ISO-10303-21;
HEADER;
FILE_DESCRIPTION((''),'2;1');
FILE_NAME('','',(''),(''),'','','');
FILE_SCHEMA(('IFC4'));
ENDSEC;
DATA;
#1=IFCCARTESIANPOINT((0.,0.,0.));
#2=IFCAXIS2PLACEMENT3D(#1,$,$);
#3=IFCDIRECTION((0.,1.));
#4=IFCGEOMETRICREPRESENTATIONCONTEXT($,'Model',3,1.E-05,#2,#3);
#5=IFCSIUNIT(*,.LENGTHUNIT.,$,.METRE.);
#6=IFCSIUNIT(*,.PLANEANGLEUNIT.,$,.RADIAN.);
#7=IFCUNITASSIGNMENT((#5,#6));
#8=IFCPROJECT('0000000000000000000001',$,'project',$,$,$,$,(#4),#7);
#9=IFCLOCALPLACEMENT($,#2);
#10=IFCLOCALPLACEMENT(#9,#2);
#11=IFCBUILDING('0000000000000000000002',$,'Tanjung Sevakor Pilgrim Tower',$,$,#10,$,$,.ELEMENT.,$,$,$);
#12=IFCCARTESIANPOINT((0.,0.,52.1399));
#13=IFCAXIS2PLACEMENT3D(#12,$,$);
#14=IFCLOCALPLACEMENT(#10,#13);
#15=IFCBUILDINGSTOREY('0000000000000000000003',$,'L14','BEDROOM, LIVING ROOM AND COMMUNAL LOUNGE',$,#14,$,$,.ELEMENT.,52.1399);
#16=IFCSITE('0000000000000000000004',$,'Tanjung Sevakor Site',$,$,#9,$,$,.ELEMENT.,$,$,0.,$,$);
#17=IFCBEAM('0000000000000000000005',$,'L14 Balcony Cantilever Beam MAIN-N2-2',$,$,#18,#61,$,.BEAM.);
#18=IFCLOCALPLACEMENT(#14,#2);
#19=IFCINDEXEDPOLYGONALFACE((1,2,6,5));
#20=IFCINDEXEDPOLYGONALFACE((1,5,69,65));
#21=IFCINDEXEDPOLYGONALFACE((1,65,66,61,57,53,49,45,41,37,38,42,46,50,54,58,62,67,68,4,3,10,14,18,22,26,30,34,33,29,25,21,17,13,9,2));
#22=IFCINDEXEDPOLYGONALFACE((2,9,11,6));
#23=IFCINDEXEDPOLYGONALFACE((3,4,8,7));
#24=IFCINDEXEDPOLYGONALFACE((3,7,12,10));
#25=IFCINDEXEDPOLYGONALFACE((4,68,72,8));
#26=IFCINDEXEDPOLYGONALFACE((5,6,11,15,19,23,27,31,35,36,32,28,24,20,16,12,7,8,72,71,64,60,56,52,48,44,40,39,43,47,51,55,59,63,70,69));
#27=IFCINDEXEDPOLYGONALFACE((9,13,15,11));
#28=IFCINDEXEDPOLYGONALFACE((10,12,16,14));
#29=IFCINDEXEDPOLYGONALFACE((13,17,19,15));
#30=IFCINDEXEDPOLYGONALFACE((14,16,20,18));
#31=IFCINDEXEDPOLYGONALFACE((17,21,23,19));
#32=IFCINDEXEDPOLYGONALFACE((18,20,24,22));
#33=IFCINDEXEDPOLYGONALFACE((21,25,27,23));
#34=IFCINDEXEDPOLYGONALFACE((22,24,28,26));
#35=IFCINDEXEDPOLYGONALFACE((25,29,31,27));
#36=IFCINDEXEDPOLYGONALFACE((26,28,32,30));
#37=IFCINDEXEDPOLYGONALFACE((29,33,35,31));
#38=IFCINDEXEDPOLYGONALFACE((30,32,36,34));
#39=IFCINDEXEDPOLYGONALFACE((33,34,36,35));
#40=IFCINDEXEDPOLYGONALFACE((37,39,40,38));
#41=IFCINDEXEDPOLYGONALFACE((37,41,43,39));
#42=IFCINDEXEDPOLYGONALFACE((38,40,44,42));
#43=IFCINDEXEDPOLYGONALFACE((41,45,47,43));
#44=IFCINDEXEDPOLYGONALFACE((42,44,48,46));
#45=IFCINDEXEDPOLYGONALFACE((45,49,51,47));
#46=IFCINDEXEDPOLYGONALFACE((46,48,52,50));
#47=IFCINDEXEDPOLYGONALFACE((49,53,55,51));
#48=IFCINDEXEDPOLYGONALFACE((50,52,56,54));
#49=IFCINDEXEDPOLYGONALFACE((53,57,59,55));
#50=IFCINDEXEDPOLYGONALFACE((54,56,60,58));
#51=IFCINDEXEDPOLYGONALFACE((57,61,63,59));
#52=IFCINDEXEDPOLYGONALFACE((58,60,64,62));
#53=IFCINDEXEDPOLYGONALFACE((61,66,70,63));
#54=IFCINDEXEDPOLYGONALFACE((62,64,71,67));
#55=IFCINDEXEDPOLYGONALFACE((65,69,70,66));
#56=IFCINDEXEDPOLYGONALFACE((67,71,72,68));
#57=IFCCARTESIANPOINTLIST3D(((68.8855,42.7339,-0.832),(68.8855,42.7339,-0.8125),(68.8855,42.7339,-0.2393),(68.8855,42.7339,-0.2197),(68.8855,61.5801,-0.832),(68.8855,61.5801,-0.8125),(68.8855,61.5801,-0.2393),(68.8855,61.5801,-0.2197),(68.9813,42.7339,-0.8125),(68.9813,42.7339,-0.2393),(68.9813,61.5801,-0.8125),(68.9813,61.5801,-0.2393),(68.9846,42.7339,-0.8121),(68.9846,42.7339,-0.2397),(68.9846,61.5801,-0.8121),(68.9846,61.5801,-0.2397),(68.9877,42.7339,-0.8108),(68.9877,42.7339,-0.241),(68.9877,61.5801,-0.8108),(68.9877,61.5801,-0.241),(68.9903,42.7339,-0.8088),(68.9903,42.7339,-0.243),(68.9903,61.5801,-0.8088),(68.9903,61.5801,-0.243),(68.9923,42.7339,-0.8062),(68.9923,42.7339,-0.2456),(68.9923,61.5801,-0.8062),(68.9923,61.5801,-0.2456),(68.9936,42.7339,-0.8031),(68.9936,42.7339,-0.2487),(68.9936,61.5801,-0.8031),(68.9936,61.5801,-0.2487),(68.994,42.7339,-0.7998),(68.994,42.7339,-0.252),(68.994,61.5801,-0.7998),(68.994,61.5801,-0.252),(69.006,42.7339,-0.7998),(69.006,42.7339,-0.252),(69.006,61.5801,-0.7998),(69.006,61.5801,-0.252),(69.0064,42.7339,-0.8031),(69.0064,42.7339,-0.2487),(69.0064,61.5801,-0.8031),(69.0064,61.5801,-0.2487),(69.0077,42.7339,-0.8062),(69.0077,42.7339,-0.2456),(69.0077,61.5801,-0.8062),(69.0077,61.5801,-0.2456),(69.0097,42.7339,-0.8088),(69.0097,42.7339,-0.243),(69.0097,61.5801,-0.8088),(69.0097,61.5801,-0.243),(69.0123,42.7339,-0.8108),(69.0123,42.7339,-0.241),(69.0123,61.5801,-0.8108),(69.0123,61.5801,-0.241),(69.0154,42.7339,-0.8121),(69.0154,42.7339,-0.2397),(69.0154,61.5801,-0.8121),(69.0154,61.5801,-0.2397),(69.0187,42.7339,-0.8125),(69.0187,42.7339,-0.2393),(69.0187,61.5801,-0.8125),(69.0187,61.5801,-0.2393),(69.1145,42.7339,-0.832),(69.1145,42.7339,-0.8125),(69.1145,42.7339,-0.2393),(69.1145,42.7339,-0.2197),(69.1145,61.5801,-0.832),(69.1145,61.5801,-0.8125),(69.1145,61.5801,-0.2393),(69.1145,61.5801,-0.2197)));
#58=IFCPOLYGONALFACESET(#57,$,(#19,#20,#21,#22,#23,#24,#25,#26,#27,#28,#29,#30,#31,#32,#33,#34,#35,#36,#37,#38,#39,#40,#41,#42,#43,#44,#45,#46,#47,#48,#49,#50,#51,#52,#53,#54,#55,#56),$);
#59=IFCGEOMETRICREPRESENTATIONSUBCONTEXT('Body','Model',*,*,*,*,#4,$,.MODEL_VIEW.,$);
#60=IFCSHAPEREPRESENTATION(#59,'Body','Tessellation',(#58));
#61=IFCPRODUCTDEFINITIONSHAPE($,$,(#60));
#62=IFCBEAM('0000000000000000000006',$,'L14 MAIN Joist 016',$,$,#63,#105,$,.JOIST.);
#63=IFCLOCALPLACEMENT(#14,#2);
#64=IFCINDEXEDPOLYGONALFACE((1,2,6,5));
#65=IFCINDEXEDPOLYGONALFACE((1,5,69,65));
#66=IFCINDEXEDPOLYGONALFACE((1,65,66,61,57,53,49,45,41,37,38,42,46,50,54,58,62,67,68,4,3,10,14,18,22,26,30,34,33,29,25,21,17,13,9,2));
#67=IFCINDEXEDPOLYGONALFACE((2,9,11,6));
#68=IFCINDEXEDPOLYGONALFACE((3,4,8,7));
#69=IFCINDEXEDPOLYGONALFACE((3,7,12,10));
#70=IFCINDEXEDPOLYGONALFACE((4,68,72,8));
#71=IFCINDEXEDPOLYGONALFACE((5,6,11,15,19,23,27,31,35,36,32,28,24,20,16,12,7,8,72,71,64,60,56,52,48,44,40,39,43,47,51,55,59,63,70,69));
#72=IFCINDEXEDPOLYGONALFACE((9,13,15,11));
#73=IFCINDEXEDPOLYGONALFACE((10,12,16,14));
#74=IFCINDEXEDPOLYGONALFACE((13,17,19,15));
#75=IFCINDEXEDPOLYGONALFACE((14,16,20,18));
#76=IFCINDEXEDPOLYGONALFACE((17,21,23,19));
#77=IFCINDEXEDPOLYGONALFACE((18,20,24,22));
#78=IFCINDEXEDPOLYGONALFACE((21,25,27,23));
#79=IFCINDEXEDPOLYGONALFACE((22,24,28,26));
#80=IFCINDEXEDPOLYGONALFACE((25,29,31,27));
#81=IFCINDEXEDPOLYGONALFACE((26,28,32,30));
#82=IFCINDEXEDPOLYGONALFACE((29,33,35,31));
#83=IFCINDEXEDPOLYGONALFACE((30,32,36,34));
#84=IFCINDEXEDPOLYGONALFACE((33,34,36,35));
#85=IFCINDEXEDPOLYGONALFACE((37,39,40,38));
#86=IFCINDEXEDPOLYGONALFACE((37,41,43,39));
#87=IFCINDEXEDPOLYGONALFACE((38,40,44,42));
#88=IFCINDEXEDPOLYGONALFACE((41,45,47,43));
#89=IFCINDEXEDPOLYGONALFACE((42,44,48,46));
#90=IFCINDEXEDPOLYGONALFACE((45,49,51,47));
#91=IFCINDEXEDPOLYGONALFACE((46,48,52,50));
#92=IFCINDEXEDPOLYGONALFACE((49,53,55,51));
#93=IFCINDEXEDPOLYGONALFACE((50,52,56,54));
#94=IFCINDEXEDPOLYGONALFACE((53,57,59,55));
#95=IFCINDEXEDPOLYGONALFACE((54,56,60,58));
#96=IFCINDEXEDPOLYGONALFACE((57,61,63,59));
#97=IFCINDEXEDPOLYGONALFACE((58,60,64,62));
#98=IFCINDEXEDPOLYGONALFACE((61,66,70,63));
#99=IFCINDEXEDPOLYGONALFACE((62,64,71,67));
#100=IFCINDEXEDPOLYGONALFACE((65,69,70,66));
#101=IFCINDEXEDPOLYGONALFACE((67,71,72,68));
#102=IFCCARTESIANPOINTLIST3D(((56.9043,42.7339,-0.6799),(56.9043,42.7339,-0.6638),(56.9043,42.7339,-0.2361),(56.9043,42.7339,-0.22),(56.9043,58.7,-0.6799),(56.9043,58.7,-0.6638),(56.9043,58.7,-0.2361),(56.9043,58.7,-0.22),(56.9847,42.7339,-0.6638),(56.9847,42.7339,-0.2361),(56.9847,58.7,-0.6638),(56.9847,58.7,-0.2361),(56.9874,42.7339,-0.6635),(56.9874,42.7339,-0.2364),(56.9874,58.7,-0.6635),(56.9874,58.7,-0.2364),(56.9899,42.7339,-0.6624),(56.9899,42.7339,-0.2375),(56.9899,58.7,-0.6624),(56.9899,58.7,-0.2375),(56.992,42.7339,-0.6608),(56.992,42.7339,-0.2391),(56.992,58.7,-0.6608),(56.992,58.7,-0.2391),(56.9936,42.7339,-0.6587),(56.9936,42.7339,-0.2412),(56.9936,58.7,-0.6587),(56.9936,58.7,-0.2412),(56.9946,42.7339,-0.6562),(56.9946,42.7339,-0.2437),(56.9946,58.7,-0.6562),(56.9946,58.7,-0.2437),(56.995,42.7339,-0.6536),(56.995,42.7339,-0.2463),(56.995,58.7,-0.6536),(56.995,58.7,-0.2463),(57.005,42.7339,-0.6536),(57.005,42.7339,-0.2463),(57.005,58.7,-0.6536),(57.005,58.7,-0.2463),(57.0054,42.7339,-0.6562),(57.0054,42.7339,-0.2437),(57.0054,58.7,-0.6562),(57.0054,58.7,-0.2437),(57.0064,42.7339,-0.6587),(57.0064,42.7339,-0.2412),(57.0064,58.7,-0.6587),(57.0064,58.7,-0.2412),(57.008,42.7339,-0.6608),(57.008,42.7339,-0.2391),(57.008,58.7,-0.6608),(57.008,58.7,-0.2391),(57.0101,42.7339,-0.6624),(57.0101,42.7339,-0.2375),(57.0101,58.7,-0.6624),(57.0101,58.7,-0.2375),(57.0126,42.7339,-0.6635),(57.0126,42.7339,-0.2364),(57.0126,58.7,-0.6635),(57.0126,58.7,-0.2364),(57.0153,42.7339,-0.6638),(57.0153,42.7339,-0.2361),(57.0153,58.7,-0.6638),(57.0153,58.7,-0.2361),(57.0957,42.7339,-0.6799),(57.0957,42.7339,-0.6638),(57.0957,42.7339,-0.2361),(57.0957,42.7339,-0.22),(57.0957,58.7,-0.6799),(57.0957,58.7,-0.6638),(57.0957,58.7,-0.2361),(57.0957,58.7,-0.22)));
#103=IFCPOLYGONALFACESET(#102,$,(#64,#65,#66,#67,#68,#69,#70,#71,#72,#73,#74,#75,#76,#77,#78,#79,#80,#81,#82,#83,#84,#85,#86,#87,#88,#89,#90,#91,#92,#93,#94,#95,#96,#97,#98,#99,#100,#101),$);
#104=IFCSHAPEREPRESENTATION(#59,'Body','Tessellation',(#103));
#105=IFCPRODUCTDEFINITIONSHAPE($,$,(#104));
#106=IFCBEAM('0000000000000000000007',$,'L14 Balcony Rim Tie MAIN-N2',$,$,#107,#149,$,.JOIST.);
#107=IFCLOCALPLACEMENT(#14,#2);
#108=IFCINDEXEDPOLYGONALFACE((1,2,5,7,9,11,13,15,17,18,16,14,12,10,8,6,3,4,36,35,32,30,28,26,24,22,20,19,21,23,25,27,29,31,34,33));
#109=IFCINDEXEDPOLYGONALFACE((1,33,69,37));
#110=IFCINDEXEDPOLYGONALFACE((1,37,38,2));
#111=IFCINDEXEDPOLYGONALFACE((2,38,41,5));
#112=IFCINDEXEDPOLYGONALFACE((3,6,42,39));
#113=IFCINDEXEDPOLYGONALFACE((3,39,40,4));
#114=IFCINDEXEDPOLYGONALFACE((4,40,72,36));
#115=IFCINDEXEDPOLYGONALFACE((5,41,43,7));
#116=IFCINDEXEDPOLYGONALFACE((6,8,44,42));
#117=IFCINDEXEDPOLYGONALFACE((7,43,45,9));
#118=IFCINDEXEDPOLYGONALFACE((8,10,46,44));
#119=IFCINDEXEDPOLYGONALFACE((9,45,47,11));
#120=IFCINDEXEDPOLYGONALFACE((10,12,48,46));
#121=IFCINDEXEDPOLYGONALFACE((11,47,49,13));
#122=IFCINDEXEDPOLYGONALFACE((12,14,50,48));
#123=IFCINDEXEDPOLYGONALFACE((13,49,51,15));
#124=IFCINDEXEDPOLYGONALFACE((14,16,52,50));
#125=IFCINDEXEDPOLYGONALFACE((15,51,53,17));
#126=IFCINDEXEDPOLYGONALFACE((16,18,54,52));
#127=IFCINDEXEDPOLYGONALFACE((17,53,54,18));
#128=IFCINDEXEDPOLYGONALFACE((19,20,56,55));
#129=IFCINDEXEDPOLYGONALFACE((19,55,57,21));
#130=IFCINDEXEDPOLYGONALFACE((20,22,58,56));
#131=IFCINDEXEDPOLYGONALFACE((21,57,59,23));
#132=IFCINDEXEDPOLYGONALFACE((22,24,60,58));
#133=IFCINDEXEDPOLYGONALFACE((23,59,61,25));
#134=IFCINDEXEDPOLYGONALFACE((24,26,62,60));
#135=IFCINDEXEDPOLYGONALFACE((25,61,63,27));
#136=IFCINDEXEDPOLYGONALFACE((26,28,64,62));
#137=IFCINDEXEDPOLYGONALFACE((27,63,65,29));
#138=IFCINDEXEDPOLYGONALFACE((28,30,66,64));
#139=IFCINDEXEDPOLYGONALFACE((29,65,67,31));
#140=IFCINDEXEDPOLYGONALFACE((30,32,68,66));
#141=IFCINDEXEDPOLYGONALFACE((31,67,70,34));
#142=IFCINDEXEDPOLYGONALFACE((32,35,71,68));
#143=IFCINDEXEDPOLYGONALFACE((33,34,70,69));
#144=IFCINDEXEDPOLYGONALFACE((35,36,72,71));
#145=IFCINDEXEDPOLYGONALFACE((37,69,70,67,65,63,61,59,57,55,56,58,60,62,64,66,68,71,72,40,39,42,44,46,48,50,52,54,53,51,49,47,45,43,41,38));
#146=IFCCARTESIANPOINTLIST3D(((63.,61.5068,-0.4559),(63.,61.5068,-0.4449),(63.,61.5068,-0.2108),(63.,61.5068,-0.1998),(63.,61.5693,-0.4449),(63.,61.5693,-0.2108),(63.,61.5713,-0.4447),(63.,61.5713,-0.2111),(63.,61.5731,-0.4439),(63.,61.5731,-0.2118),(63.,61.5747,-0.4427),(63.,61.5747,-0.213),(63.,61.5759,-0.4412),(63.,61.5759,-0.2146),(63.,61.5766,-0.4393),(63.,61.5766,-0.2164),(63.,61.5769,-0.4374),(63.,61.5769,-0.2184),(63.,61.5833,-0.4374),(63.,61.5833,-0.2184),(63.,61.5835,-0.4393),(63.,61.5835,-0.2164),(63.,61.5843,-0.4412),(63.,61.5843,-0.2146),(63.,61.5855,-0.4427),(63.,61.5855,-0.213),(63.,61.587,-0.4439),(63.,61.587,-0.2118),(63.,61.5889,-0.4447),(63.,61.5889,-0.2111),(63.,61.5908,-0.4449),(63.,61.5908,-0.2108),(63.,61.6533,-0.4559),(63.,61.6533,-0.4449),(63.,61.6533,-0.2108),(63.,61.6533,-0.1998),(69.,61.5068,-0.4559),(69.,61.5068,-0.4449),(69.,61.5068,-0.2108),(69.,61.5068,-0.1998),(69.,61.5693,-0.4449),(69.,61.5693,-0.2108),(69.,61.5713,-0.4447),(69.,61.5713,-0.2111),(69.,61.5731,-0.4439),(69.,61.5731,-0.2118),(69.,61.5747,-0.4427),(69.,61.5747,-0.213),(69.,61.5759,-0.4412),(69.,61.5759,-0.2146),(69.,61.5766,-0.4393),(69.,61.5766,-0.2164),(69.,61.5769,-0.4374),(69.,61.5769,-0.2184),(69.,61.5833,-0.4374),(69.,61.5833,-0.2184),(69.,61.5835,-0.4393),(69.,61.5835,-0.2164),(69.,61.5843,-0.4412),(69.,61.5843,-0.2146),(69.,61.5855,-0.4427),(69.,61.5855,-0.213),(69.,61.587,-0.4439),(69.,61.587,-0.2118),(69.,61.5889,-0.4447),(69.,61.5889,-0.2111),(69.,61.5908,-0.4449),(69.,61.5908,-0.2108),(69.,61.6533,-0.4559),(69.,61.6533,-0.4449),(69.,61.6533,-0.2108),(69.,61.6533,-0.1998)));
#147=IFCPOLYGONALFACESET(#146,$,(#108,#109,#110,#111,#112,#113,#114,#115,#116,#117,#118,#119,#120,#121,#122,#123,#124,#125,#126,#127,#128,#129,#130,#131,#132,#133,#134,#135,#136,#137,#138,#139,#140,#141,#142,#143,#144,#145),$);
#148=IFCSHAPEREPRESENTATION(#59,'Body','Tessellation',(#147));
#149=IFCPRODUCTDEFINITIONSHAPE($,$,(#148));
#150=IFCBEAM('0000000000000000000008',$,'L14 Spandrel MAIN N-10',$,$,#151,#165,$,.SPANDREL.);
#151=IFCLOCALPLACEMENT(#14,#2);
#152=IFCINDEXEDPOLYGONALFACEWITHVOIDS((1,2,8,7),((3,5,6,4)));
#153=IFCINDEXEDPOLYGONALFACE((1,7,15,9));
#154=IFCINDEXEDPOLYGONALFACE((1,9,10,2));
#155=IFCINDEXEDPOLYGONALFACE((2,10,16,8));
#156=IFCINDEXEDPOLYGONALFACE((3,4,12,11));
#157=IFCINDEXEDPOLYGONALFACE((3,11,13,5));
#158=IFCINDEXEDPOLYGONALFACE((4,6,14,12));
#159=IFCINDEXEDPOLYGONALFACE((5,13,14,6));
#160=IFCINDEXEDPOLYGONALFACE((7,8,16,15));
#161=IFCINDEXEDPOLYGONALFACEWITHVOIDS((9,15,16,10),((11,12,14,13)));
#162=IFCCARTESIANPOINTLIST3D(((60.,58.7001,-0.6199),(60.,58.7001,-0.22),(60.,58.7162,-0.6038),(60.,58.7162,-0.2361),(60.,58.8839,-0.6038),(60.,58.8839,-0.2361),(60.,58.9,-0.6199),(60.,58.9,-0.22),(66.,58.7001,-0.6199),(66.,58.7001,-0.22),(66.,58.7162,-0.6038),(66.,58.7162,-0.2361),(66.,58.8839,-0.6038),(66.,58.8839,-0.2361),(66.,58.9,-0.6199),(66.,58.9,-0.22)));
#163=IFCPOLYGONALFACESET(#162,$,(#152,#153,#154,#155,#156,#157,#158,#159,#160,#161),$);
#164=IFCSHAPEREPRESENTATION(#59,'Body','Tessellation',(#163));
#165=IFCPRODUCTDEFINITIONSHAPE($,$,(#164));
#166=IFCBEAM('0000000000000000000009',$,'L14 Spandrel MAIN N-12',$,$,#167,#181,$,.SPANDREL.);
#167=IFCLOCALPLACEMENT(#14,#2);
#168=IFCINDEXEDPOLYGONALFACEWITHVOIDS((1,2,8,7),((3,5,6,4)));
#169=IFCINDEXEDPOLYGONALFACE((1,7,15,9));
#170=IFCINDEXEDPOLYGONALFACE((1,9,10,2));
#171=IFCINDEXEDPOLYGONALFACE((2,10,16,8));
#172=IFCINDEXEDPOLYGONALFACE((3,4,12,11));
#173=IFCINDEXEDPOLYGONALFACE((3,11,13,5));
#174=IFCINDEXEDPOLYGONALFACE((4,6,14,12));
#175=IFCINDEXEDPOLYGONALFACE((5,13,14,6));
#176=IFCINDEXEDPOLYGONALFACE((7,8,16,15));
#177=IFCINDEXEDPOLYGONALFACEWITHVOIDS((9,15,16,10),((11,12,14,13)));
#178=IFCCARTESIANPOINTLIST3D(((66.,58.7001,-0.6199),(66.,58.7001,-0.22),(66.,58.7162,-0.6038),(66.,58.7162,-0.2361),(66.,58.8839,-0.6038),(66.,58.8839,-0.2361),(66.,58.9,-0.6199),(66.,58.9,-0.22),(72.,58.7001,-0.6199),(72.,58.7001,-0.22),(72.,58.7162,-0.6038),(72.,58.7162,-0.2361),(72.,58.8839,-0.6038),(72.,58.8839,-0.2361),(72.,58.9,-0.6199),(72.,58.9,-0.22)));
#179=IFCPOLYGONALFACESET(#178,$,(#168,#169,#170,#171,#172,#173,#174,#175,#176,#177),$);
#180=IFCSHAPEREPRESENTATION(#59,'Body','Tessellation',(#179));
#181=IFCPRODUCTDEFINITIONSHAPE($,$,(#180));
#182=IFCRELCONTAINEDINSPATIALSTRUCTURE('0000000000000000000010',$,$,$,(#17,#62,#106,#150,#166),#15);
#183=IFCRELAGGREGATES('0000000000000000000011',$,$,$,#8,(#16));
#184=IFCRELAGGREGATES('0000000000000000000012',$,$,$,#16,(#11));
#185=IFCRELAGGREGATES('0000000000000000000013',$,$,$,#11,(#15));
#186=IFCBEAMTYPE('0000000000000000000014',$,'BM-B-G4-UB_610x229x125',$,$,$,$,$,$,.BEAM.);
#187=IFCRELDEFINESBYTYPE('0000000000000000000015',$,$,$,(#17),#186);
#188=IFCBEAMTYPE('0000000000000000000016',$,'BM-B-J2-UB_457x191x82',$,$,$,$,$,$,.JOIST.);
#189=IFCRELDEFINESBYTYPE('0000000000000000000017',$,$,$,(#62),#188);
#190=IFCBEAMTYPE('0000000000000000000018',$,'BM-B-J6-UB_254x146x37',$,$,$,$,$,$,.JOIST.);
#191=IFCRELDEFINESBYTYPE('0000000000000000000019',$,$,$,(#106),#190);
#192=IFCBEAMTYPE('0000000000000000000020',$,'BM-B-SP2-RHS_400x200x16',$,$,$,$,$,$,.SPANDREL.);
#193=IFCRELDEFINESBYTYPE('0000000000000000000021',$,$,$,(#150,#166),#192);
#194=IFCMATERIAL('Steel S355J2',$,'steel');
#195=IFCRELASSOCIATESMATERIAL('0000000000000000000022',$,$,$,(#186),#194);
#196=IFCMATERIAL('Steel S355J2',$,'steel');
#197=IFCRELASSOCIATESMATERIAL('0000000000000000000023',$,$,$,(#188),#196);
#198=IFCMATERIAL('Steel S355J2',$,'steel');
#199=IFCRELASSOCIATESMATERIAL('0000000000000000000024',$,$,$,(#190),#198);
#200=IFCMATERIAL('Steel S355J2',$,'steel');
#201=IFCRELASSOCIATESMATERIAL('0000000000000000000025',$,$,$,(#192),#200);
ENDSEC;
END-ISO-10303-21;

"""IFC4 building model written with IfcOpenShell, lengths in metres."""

from ifc_helpers import new_model, si_unit, direction, frame, origin, origin_2d, place, context, subcontext, project, spatial, hollow_rectangle, i_section, extrude, material, material_profile, profile_set, type_object, element, save


model = new_model("IFC4")

# Units and contexts
model_context = context("Model", 3, precision=1e-05, world=origin(), true_north=direction((0.0, 1.0)))
body_context = subcontext(model_context, "Body", "Model", "MODEL_VIEW")
ifc_project = project(units=[si_unit("LENGTHUNIT", "METRE"), si_unit("PLANEANGLEUNIT", "RADIAN")], contexts=[model_context])

# Site, building, storey
site_placement = place(None, origin())
site = spatial("IfcSite", under=ifc_project, at=site_placement, Name="Tanjung Sevakor Site", CompositionType="ELEMENT", RefElevation=0.0)
building_placement = place(site_placement, origin())
building = spatial("IfcBuilding", under=site, at=building_placement, Name="Tanjung Sevakor Pilgrim Tower", CompositionType="ELEMENT")
storey_placement = place(building_placement, frame((0.0, 0.0, 52.1399)))
storey = spatial("IfcBuildingStorey", under=building, at=storey_placement, Name="L14", Description="BEDROOM, LIVING ROOM AND COMMUNAL LOUNGE", CompositionType="ELEMENT", Elevation=52.1399)

# Beams
ifc_material_1 = material(Name="Steel S355J2", Category="steel")
ifc_material_profile_1 = material_profile(ifc_material_1, i_section(OverallWidth=0.229, OverallDepth=0.6123, WebThickness=0.012, FlangeThickness=0.0195, FilletRadius=0.0127, at=origin_2d()))
ifc_profile_set_1 = profile_set([ifc_material_profile_1], Name="Steel S355J2")
beam_type_1 = type_object("IfcBeamType", Name="BM-B-G4-UB_610x229x125", PredefinedType="BEAM", material=ifc_profile_set_1)
for number, where, z_axis, x_axis, name in (
    (1, (69.0, 42.7339, -0.5259), (0.0, 1.0, 0.0), (-1.0, 0.0, 0.0), "L14 Balcony Cantilever Beam MAIN-N2-2"),
):
    element("IfcBeam", number, at=place(storey_placement, frame(where, z_axis=z_axis, x_axis=x_axis)), inside=storey, type_object=beam_type_1, Name=name, PredefinedType="BEAM", context=body_context, shape_type="SweptSolid", body=[
        extrude(i_section(OverallWidth=0.229, OverallDepth=0.6123, WebThickness=0.012, FlangeThickness=0.0195, FilletRadius=0.0127, at=origin_2d()), origin(), (0.0, 0.0, 1.0), 18.8462),
    ])
ifc_material_2 = material(Name="Steel S355J2", Category="steel")
ifc_material_profile_2 = material_profile(ifc_material_2, i_section(OverallWidth=0.1914, OverallDepth=0.46, WebThickness=0.01, FlangeThickness=0.0161, FilletRadius=0.0103, at=origin_2d()))
ifc_profile_set_2 = profile_set([ifc_material_profile_2], Name="Steel S355J2")
beam_type_2 = type_object("IfcBeamType", Name="BM-B-J2-UB_457x191x82", PredefinedType="JOIST", material=ifc_profile_set_2)
beam_1_placement = place(storey_placement, frame((57.0, 42.7339, -0.45), z_axis=(0.0, 1.0, 0.0), x_axis=(-1.0, 0.0, 0.0)))
element("IfcBeam", 2, at=beam_1_placement, inside=storey, type_object=beam_type_2, Name="L14 MAIN Joist 016", PredefinedType="JOIST", context=body_context, shape_type="SweptSolid", body=[
    extrude(i_section(OverallWidth=0.1914, OverallDepth=0.46, WebThickness=0.01, FlangeThickness=0.0161, FilletRadius=0.0103, at=origin_2d()), origin(), (0.0, 0.0, 1.0), 15.9661),
])
ifc_material_3 = material(Name="Steel S355J2", Category="steel")
ifc_material_profile_3 = material_profile(ifc_material_3, i_section(OverallWidth=0.1465, OverallDepth=0.2561, WebThickness=0.0063, FlangeThickness=0.011, FilletRadius=0.0076, at=origin_2d()))
ifc_profile_set_3 = profile_set([ifc_material_profile_3], Name="Steel S355J2")
beam_type_3 = type_object("IfcBeamType", Name="BM-B-J6-UB_254x146x37", PredefinedType="JOIST", material=ifc_profile_set_3)
beam_2_placement = place(storey_placement, frame((63.0, 61.5801, -0.3279), z_axis=(1.0, 0.0, 0.0), x_axis=(0.0, 1.0, 0.0)))
element("IfcBeam", 3, at=beam_2_placement, inside=storey, type_object=beam_type_3, Name="L14 Balcony Rim Tie MAIN-N2", PredefinedType="JOIST", context=body_context, shape_type="SweptSolid", body=[
    extrude(i_section(OverallWidth=0.1465, OverallDepth=0.2561, WebThickness=0.0063, FlangeThickness=0.011, FilletRadius=0.0076, at=origin_2d()), origin(), (0.0, 0.0, 1.0), 6.0),
])
ifc_material_4 = material(Name="Steel S355J2", Category="steel")
ifc_material_profile_4 = material_profile(ifc_material_4, hollow_rectangle(XDim=0.2, YDim=0.3999, WallThickness=0.0161, at=origin_2d()))
ifc_profile_set_4 = profile_set([ifc_material_profile_4], Name="Steel S355J2")
beam_type_4 = type_object("IfcBeamType", Name="BM-B-SP2-RHS_400x200x16", PredefinedType="SPANDREL", material=ifc_profile_set_4)
for number, where, z_axis, x_axis, name in (
    (4, (60.0, 58.8, -0.4199), (1.0, 0.0, 0.0), (0.0, 1.0, 0.0), "L14 Spandrel MAIN N-10"),
    (5, (66.0, 58.8, -0.4199), (1.0, 0.0, 0.0), (0.0, 1.0, 0.0), "L14 Spandrel MAIN N-12"),
):
    element("IfcBeam", number, at=place(storey_placement, frame(where, z_axis=z_axis, x_axis=x_axis)), inside=storey, type_object=beam_type_4, Name=name, PredefinedType="SPANDREL", context=body_context, shape_type="SweptSolid", body=[
        extrude(hollow_rectangle(XDim=0.2, YDim=0.3999, WallThickness=0.0161, at=origin_2d()), origin(), (0.0, 0.0, 1.0), 6.0),
    ])

save(model, "model.ifc")
